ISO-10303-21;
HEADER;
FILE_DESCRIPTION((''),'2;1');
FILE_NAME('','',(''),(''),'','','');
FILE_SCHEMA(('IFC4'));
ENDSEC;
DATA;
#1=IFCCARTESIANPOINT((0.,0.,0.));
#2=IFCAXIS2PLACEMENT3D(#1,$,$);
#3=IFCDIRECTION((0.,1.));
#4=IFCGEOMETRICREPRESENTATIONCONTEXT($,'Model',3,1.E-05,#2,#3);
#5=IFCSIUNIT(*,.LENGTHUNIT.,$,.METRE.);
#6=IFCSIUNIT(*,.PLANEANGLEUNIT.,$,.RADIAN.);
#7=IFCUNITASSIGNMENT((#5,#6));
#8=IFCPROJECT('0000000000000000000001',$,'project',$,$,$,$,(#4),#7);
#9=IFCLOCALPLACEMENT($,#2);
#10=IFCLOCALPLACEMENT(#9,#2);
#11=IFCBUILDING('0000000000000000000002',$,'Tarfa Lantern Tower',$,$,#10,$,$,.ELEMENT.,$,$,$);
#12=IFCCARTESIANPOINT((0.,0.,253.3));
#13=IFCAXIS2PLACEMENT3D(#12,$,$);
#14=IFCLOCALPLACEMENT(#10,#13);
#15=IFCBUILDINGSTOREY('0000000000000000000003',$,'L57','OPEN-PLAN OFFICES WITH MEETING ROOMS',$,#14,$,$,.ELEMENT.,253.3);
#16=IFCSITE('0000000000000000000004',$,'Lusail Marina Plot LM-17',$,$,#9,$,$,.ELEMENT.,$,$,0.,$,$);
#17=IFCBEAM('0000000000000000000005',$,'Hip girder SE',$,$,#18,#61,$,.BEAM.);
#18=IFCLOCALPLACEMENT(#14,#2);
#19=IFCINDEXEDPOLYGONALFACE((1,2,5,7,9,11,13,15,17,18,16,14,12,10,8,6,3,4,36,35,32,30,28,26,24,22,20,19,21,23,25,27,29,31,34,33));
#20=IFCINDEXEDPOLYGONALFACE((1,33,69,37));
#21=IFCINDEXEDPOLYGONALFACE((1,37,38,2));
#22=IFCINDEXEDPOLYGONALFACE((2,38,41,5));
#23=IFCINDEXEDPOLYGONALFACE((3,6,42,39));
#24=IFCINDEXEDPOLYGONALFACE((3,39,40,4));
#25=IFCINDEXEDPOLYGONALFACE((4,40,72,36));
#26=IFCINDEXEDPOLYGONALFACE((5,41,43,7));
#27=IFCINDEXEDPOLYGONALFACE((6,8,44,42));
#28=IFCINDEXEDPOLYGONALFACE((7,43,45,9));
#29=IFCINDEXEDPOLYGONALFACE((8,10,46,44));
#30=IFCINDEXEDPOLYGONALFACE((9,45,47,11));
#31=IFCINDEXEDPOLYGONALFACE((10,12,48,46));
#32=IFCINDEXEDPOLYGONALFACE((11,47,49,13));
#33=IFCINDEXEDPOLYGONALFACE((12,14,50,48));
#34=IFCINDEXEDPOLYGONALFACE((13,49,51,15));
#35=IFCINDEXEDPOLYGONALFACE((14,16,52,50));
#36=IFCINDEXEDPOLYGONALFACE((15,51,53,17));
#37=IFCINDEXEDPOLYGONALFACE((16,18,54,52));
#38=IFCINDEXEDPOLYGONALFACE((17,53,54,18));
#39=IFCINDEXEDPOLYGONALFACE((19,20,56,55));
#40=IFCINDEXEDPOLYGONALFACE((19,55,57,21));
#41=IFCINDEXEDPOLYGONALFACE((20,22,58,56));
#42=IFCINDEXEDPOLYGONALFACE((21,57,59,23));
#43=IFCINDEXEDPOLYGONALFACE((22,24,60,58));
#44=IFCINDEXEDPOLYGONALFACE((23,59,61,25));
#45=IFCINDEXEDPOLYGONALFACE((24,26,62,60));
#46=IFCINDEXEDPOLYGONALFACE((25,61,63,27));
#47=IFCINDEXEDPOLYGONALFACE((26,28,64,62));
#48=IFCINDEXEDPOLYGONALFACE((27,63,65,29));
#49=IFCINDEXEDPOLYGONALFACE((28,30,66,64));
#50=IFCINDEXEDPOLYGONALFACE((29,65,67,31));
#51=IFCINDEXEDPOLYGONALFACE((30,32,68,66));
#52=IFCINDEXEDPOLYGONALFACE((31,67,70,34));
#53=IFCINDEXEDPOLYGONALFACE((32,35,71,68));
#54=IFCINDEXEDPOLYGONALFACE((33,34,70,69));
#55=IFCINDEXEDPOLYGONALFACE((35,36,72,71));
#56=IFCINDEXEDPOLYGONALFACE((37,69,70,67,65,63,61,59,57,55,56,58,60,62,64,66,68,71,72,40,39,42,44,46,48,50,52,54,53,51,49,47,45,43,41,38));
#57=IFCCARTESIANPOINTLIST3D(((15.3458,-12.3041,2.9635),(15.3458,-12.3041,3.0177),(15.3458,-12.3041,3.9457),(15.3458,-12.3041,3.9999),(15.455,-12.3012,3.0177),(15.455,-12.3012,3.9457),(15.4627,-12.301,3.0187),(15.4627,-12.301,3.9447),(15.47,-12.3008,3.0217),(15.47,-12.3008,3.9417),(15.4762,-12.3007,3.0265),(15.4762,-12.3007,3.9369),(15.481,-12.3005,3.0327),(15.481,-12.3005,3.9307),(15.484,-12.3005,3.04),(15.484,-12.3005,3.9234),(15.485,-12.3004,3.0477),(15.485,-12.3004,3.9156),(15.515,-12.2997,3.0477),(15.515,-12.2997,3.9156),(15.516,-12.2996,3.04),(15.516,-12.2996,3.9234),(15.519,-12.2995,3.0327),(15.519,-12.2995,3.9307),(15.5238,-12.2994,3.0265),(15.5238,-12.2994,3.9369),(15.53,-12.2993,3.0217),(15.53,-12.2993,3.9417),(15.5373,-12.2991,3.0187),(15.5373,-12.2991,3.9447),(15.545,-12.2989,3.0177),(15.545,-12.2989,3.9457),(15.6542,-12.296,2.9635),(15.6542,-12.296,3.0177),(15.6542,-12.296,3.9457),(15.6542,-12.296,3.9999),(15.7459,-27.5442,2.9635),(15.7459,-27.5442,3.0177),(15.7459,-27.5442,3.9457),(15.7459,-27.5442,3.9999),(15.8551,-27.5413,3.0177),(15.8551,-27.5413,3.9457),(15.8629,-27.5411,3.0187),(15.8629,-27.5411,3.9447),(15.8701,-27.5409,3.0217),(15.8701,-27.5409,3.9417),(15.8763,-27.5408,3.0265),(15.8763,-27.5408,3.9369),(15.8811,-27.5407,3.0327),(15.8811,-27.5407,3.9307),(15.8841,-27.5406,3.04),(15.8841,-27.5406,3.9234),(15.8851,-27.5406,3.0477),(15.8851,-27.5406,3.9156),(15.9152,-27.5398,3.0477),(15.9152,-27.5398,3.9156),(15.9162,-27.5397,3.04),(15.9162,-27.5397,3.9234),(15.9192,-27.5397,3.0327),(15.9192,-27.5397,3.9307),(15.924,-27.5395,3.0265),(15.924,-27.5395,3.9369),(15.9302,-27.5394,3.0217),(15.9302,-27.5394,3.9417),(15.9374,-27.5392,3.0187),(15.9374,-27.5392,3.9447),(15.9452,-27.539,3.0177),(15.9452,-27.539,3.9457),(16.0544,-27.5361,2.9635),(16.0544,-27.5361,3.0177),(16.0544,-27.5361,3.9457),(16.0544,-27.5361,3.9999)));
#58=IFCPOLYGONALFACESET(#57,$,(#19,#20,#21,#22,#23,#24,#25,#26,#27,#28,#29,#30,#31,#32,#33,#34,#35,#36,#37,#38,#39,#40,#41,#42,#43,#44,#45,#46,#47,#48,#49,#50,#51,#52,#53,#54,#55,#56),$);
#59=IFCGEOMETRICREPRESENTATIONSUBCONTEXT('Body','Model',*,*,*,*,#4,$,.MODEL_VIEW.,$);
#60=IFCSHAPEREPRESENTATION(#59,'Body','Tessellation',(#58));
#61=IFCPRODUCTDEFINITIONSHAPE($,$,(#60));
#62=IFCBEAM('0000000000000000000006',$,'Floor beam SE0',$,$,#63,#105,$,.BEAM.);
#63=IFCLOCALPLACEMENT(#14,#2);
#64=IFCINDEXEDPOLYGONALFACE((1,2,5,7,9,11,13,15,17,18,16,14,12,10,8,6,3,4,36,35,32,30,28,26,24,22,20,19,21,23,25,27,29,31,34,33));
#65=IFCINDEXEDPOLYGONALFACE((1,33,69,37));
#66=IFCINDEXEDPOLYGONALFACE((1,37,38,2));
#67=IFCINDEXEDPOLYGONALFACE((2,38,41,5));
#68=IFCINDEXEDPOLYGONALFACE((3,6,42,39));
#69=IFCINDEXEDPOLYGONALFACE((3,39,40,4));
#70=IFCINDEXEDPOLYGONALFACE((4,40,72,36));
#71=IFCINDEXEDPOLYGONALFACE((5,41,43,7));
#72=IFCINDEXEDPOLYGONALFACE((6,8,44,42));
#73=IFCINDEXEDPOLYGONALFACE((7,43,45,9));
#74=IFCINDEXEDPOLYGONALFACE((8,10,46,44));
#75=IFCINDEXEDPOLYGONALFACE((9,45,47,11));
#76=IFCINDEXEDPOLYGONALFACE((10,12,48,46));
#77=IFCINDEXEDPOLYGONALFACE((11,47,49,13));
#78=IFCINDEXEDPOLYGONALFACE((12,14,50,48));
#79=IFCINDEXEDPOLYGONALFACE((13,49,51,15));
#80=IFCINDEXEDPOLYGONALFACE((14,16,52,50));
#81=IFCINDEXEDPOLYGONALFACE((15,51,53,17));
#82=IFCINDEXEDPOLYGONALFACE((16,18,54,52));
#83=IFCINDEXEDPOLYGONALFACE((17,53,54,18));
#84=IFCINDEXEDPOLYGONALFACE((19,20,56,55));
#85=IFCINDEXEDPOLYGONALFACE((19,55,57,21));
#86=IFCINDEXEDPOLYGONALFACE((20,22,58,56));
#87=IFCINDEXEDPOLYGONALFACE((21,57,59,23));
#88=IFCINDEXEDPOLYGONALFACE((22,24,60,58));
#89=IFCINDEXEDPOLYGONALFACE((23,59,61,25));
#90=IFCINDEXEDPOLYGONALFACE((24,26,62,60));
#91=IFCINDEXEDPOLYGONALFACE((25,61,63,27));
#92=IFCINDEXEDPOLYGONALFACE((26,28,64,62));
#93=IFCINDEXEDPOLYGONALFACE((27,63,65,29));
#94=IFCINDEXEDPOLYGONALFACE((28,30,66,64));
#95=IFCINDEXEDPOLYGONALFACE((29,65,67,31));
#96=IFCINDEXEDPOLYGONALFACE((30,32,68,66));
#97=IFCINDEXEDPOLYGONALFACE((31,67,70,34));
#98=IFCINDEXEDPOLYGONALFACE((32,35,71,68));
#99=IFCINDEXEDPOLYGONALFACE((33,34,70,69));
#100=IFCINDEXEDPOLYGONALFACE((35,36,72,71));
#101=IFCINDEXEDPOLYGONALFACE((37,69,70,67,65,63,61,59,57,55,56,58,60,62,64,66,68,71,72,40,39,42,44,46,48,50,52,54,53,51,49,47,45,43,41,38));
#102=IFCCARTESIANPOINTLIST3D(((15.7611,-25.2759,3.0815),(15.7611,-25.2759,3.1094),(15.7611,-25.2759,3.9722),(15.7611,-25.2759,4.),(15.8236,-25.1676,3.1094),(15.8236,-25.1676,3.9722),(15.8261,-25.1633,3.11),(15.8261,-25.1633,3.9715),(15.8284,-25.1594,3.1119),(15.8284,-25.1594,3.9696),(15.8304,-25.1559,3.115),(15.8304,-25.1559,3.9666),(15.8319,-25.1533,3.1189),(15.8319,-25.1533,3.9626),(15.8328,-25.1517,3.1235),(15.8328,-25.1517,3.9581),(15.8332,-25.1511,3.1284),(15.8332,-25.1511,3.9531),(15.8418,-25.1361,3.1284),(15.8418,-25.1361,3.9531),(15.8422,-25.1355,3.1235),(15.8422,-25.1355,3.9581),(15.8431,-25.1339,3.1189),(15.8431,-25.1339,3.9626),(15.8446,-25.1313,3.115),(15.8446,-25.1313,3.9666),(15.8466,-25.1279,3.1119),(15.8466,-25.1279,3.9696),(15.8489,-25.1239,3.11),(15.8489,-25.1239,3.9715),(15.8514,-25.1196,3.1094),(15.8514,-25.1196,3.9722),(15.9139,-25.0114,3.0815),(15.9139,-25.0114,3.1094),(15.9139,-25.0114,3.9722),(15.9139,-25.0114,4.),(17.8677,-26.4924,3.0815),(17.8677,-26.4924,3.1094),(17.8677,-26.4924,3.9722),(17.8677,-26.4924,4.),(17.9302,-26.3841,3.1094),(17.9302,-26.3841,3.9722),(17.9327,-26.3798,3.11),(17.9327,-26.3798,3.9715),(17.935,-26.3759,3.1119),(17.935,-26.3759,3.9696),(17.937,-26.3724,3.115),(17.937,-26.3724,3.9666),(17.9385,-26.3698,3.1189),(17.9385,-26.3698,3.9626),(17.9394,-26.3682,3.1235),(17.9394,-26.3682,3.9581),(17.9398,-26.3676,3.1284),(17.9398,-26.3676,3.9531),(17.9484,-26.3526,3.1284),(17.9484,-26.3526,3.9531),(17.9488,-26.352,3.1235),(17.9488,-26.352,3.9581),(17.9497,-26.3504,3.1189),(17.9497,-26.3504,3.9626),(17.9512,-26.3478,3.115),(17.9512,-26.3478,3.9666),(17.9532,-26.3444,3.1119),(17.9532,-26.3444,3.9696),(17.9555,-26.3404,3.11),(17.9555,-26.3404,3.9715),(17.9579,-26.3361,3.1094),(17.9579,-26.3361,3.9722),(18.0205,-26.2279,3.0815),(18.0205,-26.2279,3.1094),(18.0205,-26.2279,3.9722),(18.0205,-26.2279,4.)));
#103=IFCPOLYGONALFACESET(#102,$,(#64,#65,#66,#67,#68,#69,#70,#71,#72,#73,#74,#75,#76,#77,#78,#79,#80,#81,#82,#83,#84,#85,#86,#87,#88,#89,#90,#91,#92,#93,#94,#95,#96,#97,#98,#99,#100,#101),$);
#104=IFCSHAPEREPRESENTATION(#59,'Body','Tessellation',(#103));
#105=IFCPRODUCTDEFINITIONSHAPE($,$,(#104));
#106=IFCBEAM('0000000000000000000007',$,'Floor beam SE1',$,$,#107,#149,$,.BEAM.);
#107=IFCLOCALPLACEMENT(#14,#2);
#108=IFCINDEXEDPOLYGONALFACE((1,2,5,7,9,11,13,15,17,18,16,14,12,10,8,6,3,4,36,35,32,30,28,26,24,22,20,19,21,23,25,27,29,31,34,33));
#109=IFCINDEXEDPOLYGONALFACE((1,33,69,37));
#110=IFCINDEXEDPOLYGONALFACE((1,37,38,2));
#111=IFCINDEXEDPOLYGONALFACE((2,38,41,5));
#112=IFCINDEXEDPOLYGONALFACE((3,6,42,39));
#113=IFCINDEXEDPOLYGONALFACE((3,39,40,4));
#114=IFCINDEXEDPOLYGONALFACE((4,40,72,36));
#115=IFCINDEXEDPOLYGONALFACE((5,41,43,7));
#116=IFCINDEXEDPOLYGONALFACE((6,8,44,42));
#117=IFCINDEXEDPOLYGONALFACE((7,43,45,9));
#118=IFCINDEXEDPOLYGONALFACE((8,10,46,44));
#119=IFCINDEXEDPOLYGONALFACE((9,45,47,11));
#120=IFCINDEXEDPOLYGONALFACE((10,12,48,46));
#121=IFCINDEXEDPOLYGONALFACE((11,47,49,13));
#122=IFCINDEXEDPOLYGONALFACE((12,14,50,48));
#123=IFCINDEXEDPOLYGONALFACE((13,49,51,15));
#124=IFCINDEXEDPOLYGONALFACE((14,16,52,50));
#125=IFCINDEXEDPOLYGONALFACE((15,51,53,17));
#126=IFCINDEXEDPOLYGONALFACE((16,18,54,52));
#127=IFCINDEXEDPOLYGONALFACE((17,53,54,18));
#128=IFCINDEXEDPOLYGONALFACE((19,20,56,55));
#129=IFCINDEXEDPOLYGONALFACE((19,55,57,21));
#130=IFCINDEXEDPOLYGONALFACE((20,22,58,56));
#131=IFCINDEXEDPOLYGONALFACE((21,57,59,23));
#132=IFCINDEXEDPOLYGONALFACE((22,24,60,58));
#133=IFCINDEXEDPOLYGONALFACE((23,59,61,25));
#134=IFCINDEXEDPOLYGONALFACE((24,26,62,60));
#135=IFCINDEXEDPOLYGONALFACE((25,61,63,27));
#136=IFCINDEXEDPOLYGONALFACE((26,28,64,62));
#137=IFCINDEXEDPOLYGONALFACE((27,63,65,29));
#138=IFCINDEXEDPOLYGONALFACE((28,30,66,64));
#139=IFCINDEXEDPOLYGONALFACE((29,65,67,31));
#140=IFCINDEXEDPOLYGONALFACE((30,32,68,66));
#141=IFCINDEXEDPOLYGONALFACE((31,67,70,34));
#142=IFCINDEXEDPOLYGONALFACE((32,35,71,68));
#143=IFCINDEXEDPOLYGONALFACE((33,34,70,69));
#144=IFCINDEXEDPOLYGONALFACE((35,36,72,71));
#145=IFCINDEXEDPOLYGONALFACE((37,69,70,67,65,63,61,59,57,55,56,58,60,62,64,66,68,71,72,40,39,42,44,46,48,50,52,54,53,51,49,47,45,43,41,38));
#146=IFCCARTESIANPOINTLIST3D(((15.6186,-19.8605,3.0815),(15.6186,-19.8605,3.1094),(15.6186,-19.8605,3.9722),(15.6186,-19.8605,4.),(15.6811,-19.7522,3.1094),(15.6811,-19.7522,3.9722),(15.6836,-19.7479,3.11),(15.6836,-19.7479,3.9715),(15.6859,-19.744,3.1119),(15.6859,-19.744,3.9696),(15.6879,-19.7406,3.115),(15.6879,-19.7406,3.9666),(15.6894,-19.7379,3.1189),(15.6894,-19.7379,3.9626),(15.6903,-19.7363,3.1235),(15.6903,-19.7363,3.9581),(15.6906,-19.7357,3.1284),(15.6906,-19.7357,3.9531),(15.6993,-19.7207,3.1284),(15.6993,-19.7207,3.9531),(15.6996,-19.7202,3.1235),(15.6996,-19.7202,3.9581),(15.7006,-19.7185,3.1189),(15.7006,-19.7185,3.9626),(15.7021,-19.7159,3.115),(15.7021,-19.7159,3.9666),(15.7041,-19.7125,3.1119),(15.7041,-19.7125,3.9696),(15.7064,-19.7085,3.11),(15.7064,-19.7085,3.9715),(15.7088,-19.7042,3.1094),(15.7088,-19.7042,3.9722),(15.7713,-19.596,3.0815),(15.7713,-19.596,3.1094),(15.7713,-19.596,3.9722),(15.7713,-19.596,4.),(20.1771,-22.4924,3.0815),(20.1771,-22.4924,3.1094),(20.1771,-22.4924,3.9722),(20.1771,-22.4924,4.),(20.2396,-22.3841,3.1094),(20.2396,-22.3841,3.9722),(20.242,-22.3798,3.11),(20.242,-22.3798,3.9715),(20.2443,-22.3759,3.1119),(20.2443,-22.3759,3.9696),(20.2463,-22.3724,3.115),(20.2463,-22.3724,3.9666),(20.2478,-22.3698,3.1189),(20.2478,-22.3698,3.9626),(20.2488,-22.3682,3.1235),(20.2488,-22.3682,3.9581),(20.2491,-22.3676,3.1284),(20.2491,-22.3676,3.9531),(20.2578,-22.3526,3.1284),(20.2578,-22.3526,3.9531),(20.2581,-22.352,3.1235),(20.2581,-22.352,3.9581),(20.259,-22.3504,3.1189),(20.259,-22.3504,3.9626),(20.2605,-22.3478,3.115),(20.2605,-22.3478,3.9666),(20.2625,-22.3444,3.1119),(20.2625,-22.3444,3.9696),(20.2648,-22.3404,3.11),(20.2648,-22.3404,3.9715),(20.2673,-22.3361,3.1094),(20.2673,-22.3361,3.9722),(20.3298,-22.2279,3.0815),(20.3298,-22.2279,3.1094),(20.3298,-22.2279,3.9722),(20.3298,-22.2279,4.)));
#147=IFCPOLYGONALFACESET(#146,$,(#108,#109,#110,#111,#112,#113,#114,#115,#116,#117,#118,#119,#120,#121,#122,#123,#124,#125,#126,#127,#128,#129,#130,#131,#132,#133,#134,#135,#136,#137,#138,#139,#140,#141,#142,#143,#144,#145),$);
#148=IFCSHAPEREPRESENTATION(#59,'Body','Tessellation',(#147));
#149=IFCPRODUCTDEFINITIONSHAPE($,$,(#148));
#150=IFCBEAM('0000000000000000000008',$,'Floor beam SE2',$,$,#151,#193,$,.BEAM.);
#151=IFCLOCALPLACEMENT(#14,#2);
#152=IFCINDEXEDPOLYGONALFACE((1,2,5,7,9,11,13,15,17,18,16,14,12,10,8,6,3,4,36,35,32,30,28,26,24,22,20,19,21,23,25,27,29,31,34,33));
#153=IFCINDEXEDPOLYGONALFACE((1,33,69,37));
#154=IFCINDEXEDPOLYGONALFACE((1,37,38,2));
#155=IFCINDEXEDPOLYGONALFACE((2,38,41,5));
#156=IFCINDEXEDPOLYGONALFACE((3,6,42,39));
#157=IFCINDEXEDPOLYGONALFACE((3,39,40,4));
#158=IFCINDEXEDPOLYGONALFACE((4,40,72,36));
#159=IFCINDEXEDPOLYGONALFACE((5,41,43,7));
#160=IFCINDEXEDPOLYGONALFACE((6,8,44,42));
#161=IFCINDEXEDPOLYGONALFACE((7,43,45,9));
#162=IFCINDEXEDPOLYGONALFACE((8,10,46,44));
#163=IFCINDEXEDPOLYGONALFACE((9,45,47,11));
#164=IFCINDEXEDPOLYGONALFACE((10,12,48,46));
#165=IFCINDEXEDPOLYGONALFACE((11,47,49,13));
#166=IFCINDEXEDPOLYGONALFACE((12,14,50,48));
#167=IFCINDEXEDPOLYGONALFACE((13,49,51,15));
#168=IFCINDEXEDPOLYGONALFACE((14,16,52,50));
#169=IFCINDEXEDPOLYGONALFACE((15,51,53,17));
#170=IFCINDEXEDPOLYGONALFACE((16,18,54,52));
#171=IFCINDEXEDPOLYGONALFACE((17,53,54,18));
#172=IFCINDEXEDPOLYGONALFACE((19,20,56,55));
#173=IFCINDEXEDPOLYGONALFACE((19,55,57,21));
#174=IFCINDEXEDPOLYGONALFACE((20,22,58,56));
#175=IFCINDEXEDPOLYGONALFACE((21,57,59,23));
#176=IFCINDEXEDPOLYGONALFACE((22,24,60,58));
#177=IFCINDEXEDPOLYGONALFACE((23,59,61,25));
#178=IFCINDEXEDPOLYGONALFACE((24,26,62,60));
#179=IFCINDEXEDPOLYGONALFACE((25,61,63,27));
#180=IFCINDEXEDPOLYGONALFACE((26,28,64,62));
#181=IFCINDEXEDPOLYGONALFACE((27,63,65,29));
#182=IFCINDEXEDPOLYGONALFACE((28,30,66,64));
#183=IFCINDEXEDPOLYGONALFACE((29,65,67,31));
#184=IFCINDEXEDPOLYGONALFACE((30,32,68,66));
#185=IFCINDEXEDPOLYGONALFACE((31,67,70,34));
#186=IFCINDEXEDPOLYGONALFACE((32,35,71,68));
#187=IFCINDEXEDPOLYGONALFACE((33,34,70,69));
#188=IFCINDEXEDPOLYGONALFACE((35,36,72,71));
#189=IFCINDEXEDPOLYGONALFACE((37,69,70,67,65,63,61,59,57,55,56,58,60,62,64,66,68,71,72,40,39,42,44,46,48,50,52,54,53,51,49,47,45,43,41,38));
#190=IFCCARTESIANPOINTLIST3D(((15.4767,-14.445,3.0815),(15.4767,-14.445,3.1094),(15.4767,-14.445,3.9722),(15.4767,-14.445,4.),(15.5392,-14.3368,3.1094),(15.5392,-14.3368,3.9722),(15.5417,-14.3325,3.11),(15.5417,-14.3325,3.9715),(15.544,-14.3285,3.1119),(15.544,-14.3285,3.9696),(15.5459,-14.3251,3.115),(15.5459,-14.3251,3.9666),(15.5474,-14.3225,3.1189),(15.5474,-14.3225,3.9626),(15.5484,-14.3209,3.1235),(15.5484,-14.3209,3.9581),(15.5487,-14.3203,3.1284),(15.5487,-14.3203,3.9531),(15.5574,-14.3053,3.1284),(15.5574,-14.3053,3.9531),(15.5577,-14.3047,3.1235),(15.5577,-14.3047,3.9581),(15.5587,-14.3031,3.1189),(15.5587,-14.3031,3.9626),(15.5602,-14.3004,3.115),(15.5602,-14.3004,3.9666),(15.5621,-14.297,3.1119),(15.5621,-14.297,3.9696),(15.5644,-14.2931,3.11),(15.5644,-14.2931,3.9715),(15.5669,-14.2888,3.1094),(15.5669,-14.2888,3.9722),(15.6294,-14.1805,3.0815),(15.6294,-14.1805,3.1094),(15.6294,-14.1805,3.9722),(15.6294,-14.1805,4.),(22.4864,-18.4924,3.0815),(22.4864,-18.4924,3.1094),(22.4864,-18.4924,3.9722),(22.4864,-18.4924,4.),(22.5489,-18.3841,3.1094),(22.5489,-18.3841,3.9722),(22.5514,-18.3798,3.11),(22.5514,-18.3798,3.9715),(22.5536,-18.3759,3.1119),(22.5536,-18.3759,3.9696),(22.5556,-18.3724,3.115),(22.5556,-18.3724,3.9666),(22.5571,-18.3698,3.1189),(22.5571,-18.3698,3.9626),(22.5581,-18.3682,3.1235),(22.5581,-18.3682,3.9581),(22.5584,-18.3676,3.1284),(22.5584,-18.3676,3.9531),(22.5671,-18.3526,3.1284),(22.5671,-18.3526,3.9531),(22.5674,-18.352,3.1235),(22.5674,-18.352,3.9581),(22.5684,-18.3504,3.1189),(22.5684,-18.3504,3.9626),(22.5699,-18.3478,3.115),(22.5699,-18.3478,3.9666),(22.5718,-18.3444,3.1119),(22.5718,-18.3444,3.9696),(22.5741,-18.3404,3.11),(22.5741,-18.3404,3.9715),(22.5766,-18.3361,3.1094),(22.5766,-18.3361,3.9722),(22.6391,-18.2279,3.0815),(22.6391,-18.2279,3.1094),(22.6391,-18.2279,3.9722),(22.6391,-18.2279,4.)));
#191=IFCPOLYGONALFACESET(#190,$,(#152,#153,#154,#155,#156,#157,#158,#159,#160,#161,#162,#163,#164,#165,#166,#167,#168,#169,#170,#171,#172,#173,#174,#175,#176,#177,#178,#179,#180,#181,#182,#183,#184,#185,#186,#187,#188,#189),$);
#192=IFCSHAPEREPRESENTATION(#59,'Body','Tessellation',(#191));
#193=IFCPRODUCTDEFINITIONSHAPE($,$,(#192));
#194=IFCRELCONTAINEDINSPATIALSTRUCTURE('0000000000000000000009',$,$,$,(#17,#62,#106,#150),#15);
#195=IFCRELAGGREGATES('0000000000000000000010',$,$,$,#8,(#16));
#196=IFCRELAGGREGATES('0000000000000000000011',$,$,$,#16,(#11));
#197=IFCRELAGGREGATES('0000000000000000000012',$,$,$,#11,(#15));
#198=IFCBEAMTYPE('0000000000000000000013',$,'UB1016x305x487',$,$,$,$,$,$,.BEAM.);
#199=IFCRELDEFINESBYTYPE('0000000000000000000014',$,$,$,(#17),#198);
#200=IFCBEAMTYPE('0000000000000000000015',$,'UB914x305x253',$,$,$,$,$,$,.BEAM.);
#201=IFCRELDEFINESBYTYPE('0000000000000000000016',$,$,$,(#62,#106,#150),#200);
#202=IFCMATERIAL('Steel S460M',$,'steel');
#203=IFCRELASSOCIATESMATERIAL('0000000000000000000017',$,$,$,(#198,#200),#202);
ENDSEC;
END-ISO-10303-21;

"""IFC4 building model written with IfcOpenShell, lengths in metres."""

from ifc_helpers import new_model, si_unit, direction, frame, origin, origin_2d, place, context, subcontext, project, spatial, i_section, extrude, material, material_profile, profile_set, type_object, element, save


model = new_model("IFC4")

# Units and contexts
model_context = context("Model", 3, precision=1e-05, world=origin(), true_north=direction((0.0, 1.0)))
body_context = subcontext(model_context, "Body", "Model", "MODEL_VIEW")
ifc_project = project(units=[si_unit("LENGTHUNIT", "METRE"), si_unit("PLANEANGLEUNIT", "RADIAN")], contexts=[model_context])

# Site, building, storey
site_placement = place(None, origin())
site = spatial("IfcSite", under=ifc_project, at=site_placement, Name="Lusail Marina Plot LM-17", CompositionType="ELEMENT", RefElevation=0.0)
building_placement = place(site_placement, origin())
building = spatial("IfcBuilding", under=site, at=building_placement, Name="Tarfa Lantern Tower", CompositionType="ELEMENT")
storey_placement = place(building_placement, frame((0.0, 0.0, 253.3)))
storey = spatial("IfcBuildingStorey", under=building, at=storey_placement, Name="L57", Description="OPEN-PLAN OFFICES WITH MEETING ROOMS", CompositionType="ELEMENT", Elevation=253.3)

# Beams
ifc_material_1 = material(Name="Steel S460M", Category="steel")
ifc_material_profile_1 = material_profile(ifc_material_1, i_section(OverallWidth=0.3086, OverallDepth=1.0364, WebThickness=0.03, FlangeThickness=0.0542, FilletRadius=0.03, at=origin_2d()), Name="UB1016x305x487")
ifc_profile_set_1 = profile_set([ifc_material_profile_1], Name="Steel S460M")
beam_type_1 = type_object("IfcBeamType", Name="UB1016x305x487", PredefinedType="BEAM", material=ifc_profile_set_1)
beam_1_placement = place(storey_placement, frame((15.5, -12.3, 3.4817), z_axis=(0.026247, -0.999655, 0.0), x_axis=(0.999655, 0.026247, 0.0)))
element("IfcBeam", 1, at=beam_1_placement, inside=storey, type_object=beam_type_1, Name="Hip girder SE", PredefinedType="BEAM", context=body_context, shape_type="SweptSolid", body=[
    extrude(i_section(OverallWidth=0.3086, OverallDepth=1.0364, WebThickness=0.03, FlangeThickness=0.0542, FilletRadius=0.03, at=origin_2d()), origin(), (0.0, 0.0, 1.0), 15.2454),
])
ifc_material_profile_2 = material_profile(ifc_material_1, i_section(OverallWidth=0.3054, OverallDepth=0.9185, WebThickness=0.0173, FlangeThickness=0.0278, FilletRadius=0.019, at=origin_2d()), Name="UB914x305x253")
ifc_profile_set_2 = profile_set([ifc_material_profile_2], Name="Steel S460M")
beam_type_2 = type_object("IfcBeamType", Name="UB914x305x253", PredefinedType="BEAM", material=ifc_profile_set_2)
beam_2_placement = place(storey_placement, frame((17.9441, -26.3601, 3.5408), z_axis=(-0.86598, 0.500079, 0.0), x_axis=(-0.500079, -0.86598, 0.0)))
element("IfcBeam", 2, at=beam_2_placement, inside=storey, type_object=beam_type_2, Name="Floor beam SE0", PredefinedType="BEAM", context=body_context, shape_type="SweptSolid", body=[
    extrude(i_section(OverallWidth=0.3054, OverallDepth=0.9185, WebThickness=0.0173, FlangeThickness=0.0278, FilletRadius=0.019, at=origin_2d()), origin(), (0.0, 0.0, 1.0), 2.4326),
])
beam_3_placement = place(storey_placement, frame((20.2534, -22.3601, 3.5408), z_axis=(-0.86602, 0.50001, 0.0), x_axis=(-0.50001, -0.86602, 0.0)))
element("IfcBeam", 3, at=beam_3_placement, inside=storey, type_object=beam_type_2, Name="Floor beam SE1", PredefinedType="BEAM", context=body_context, shape_type="SweptSolid", body=[
    extrude(i_section(OverallWidth=0.3054, OverallDepth=0.9185, WebThickness=0.0173, FlangeThickness=0.0278, FilletRadius=0.019, at=origin_2d()), origin(), (0.0, 0.0, 1.0), 5.2637),
])
beam_4_placement = place(storey_placement, frame((22.5627, -18.3601, 3.5408), z_axis=(-0.866011, 0.500025, 0.0), x_axis=(-0.500025, -0.866011, 0.0)))
element("IfcBeam", 4, at=beam_4_placement, inside=storey, type_object=beam_type_2, Name="Floor beam SE2", PredefinedType="BEAM", context=body_context, shape_type="SweptSolid", body=[
    extrude(i_section(OverallWidth=0.3054, OverallDepth=0.9185, WebThickness=0.0173, FlangeThickness=0.0278, FilletRadius=0.019, at=origin_2d()), origin(), (0.0, 0.0, 1.0), 8.0942),
])

save(model, "model.ifc")
